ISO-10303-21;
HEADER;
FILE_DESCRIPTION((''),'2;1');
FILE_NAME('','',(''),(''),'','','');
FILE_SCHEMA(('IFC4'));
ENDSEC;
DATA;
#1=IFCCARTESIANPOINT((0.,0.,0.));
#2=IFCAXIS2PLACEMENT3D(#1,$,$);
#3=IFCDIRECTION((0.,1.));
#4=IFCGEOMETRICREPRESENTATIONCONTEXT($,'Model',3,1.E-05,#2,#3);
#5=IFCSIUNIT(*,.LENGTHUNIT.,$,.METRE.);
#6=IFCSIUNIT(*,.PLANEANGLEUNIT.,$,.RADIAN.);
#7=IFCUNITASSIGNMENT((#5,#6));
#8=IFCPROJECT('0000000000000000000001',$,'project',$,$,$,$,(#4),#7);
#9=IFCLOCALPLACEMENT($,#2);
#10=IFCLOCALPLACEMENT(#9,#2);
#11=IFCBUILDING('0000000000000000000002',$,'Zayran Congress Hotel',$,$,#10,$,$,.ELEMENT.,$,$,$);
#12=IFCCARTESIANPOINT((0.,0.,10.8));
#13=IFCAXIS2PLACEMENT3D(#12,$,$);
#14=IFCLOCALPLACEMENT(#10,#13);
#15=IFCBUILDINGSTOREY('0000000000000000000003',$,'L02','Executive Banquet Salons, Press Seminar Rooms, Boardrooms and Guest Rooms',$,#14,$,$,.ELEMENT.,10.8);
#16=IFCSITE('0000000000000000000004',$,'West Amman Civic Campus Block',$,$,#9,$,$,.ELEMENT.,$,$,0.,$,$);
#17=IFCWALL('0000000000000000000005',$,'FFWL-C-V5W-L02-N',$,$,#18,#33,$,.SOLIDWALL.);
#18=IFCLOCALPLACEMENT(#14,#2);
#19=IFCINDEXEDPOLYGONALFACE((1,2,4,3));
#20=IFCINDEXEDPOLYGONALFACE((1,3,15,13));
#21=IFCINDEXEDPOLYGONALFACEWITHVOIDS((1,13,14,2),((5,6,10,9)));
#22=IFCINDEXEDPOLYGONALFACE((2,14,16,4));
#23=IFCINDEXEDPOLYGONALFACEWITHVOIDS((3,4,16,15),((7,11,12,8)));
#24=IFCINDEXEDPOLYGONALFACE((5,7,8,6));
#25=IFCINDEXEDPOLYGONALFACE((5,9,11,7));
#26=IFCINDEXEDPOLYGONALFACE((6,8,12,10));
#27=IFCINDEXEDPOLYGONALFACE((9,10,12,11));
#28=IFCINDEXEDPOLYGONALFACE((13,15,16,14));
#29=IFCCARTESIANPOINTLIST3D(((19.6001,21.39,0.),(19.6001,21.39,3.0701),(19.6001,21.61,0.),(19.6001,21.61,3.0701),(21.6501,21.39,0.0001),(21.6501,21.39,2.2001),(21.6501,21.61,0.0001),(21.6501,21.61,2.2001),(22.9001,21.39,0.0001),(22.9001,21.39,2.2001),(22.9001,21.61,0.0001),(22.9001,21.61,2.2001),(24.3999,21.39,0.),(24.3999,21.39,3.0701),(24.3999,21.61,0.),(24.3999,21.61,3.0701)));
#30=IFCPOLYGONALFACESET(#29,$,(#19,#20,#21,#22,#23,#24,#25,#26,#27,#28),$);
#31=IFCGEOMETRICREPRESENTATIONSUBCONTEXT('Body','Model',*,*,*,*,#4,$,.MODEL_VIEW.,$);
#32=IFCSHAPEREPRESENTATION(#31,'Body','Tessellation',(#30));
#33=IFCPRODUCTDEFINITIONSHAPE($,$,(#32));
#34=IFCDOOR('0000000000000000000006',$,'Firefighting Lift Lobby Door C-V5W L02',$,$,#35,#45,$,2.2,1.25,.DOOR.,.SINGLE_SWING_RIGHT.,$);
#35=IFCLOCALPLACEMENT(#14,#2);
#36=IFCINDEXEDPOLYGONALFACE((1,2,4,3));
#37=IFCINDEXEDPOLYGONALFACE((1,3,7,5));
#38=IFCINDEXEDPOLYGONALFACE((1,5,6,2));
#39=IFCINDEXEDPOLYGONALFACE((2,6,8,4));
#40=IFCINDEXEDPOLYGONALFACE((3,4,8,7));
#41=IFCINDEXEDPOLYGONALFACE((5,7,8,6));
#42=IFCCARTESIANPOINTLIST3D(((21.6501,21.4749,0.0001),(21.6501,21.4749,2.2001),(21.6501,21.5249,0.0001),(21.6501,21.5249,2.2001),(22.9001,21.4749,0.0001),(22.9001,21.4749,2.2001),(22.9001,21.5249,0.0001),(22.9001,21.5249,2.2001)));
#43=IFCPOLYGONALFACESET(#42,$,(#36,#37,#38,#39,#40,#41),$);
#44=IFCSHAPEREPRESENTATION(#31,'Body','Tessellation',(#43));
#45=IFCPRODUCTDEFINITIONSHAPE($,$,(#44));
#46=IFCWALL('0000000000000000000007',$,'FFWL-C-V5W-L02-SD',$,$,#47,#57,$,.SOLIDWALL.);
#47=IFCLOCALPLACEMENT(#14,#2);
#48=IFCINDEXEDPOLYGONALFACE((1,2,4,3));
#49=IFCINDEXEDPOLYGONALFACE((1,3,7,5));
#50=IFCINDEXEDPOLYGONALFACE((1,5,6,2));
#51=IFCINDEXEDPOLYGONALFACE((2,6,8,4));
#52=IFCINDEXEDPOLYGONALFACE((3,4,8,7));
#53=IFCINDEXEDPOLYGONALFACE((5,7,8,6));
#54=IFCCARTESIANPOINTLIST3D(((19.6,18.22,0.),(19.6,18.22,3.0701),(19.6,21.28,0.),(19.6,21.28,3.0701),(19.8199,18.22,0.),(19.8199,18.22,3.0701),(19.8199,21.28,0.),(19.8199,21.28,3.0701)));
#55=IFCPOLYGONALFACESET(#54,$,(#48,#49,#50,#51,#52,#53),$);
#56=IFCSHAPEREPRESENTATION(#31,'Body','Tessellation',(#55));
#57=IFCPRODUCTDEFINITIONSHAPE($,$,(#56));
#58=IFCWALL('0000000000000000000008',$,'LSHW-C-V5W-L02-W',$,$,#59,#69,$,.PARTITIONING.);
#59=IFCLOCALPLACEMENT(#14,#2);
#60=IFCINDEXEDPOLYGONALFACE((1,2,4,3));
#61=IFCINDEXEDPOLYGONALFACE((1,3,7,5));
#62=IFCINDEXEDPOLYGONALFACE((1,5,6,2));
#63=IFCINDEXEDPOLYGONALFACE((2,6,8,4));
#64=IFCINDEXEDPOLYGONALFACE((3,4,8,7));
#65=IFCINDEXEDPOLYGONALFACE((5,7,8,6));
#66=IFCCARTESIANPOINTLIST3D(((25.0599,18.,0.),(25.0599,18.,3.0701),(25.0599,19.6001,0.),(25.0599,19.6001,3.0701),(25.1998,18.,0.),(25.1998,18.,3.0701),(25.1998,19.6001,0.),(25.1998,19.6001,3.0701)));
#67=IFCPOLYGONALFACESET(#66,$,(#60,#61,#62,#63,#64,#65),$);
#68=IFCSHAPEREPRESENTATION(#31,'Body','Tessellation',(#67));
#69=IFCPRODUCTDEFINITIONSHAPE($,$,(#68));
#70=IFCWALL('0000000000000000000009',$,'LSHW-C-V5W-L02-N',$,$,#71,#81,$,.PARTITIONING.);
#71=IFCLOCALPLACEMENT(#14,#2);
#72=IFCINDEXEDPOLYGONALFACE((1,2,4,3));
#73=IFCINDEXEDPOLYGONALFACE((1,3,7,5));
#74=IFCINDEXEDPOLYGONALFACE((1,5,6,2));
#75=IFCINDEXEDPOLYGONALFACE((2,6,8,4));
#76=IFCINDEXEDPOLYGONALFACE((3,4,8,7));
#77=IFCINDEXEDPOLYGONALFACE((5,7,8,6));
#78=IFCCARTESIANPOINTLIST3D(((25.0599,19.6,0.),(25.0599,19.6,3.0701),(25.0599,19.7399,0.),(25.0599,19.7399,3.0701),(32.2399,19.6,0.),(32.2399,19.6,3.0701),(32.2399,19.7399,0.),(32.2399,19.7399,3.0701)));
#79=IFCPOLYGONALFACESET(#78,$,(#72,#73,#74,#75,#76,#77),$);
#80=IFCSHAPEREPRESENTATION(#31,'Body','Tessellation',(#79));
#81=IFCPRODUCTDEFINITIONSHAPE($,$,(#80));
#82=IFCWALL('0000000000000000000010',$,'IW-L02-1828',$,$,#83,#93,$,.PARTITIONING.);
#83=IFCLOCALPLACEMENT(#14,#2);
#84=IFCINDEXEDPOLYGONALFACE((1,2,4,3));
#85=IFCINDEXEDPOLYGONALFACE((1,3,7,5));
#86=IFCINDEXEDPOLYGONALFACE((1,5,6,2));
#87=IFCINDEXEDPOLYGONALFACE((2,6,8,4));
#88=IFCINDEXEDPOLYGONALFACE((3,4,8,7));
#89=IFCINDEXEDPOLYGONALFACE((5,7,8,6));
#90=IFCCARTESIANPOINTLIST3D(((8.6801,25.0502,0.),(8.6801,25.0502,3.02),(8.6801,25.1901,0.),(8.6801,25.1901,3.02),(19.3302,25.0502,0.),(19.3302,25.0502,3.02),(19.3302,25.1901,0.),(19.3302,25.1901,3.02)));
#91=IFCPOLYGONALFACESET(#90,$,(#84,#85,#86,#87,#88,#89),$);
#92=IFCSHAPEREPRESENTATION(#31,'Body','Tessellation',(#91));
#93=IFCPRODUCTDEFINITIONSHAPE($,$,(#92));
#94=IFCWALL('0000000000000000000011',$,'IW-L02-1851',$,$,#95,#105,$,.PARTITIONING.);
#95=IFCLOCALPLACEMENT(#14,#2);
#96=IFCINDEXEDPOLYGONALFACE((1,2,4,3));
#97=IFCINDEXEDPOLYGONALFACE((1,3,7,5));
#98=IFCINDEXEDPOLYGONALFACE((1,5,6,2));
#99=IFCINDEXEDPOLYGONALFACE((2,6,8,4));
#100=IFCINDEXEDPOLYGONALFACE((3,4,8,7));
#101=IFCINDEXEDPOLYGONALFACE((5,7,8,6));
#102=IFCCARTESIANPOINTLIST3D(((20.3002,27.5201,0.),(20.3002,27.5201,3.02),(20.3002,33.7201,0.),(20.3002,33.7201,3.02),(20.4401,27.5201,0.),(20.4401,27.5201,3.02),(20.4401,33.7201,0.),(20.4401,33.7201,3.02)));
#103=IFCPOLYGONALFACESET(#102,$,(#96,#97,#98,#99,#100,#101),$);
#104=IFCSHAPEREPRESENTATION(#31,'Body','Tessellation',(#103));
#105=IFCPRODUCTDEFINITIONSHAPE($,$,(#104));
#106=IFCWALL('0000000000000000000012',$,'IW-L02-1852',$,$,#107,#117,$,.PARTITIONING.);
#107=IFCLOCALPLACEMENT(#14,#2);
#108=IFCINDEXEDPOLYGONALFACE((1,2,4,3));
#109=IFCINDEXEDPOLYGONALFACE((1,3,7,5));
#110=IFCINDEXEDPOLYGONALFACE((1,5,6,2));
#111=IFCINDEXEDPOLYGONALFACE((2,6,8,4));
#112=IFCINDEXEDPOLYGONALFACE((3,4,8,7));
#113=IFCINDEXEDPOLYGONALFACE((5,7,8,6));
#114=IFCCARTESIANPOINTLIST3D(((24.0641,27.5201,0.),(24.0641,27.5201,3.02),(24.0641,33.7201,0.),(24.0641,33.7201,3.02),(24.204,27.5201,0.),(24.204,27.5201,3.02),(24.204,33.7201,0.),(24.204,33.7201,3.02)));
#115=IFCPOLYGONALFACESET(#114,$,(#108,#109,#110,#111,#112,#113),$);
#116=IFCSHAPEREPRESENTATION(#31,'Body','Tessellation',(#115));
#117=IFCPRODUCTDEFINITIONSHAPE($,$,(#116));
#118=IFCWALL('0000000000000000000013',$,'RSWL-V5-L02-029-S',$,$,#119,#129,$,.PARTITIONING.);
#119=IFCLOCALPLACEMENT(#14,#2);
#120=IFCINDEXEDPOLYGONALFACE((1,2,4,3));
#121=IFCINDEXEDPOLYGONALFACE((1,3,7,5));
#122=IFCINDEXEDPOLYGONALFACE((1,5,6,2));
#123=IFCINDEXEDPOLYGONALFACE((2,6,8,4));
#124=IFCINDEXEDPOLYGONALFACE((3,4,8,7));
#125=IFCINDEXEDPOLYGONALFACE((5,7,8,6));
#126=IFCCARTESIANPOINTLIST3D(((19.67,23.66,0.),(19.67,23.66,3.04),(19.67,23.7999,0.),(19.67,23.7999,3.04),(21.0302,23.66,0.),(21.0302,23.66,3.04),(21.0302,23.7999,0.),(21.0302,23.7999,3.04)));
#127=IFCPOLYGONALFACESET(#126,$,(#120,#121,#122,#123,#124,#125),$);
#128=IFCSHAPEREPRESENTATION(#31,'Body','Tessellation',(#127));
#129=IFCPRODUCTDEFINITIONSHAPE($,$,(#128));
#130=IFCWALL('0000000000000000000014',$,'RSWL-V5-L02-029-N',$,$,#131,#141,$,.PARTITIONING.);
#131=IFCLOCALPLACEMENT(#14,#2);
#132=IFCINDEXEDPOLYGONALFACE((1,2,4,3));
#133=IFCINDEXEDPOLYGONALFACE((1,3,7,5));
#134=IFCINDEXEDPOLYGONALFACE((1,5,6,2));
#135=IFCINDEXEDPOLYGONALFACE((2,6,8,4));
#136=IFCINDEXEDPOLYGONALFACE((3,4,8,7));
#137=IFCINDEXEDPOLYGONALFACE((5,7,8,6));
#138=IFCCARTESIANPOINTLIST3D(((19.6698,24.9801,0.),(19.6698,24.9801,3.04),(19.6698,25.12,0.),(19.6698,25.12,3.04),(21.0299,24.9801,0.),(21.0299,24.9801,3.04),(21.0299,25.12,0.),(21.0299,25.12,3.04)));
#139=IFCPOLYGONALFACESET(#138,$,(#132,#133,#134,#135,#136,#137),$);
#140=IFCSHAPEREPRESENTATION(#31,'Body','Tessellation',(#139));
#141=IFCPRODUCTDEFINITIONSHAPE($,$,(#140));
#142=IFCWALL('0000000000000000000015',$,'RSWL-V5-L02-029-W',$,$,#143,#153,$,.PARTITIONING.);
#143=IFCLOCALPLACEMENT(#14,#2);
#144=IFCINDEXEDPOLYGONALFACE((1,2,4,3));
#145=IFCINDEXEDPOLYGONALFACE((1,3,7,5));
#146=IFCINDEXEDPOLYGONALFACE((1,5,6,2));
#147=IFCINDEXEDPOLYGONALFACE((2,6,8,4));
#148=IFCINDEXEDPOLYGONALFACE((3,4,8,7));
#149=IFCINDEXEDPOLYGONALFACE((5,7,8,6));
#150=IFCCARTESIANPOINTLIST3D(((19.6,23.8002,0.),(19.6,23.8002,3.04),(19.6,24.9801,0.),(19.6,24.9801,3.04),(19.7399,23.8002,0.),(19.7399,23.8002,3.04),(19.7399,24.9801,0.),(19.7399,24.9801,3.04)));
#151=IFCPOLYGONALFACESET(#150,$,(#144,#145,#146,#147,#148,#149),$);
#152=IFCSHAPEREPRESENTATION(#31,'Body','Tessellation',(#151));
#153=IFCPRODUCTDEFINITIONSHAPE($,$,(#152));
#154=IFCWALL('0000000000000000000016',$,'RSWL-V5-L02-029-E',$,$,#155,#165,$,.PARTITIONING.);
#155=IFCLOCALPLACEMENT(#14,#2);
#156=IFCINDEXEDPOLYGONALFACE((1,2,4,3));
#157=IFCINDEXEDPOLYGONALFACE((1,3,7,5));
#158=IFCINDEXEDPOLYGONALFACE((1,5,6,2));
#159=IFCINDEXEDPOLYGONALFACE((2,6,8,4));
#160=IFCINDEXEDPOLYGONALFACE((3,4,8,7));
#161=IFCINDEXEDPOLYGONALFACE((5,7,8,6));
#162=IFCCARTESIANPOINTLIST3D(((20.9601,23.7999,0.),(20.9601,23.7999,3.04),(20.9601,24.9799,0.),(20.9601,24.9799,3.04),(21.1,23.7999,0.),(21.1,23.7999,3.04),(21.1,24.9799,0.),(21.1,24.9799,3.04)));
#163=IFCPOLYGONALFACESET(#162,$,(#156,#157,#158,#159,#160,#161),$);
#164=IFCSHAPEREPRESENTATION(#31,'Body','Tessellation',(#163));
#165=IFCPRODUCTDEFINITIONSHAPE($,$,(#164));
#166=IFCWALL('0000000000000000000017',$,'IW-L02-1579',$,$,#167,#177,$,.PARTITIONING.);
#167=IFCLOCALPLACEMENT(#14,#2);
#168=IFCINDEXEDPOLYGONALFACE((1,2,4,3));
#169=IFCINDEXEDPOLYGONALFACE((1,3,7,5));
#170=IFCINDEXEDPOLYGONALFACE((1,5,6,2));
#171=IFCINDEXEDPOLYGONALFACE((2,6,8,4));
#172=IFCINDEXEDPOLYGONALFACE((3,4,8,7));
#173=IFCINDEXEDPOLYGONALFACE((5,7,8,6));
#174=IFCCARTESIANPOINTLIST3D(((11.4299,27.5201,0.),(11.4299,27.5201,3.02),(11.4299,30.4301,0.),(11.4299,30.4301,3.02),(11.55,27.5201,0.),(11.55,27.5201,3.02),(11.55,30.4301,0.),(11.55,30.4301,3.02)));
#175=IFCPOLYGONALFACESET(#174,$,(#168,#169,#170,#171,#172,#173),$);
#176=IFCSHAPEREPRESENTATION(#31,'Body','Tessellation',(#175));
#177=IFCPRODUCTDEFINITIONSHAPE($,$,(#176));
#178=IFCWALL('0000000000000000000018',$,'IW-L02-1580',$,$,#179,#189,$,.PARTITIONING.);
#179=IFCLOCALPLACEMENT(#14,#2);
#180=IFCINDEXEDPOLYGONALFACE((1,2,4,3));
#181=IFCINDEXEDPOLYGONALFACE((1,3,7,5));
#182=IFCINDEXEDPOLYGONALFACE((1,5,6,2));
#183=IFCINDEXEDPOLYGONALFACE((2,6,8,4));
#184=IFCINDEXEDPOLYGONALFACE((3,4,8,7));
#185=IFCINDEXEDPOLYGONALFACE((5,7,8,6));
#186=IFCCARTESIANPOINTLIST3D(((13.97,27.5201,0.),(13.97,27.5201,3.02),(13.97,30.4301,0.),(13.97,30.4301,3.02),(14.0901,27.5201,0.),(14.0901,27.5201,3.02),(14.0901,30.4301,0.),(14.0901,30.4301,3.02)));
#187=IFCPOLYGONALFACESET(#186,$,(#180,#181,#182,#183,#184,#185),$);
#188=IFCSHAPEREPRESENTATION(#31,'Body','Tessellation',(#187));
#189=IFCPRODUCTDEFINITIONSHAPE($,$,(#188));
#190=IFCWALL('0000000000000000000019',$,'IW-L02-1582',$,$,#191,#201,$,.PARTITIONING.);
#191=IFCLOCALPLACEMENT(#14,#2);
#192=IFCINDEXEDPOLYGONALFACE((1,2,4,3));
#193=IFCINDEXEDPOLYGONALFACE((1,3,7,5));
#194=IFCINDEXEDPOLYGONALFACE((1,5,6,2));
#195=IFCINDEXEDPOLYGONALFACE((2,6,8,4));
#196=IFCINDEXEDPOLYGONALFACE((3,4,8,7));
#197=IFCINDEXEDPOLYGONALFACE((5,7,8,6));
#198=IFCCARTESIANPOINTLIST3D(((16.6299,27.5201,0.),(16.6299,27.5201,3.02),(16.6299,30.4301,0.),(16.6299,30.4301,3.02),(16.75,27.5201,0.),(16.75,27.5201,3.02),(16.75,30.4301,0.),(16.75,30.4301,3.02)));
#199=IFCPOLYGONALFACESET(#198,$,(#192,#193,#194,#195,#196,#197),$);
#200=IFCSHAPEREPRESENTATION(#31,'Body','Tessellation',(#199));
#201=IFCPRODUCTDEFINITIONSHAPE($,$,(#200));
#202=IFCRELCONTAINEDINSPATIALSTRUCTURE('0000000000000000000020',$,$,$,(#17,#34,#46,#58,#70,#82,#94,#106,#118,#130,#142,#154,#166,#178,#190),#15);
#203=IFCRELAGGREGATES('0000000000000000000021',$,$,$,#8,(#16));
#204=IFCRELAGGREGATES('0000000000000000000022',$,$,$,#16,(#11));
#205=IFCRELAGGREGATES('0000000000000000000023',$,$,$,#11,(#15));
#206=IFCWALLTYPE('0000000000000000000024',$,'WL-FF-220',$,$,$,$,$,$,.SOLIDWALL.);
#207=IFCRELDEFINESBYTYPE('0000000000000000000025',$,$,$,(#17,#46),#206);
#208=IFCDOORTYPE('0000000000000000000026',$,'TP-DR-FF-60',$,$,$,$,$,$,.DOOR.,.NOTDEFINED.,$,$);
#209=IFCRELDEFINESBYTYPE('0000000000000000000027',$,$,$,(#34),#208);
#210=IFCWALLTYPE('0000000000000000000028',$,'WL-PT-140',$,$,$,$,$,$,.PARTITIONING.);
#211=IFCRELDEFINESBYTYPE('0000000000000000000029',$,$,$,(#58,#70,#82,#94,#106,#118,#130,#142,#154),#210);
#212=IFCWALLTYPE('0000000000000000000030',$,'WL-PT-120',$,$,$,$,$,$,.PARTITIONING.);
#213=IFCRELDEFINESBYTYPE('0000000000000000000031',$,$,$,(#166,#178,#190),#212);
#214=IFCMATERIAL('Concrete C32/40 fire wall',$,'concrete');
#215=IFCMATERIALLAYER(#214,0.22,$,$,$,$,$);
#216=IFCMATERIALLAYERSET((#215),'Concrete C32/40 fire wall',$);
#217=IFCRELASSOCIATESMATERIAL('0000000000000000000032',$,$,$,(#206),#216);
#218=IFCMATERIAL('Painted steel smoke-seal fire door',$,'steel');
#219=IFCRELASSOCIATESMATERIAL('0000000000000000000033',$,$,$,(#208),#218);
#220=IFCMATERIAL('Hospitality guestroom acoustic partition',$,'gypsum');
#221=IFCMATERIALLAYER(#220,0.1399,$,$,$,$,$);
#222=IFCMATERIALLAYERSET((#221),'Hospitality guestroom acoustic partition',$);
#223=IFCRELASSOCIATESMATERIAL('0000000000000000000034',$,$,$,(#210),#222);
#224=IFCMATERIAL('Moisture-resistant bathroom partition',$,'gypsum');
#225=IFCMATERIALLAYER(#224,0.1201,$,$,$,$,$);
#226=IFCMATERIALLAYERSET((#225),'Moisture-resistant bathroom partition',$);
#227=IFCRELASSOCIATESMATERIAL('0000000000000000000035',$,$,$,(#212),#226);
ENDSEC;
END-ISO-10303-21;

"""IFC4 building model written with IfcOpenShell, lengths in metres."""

from ifc_helpers import new_model, si_unit, direction, frame, frame_2d, origin, place, context, subcontext, project, spatial, rectangle, extrude, material, layer, layer_set, type_object, element, fill, save


model = new_model("IFC4")

# Units and contexts
model_context = context("Model", 3, precision=1e-05, world=origin(), true_north=direction((0.0, 1.0)))
body_context = subcontext(model_context, "Body", "Model", "MODEL_VIEW")
ifc_project = project(units=[si_unit("LENGTHUNIT", "METRE"), si_unit("PLANEANGLEUNIT", "RADIAN")], contexts=[model_context])

# Site, building, storey
site_placement = place(None, origin())
site = spatial("IfcSite", under=ifc_project, at=site_placement, Name="West Amman Civic Campus Block", CompositionType="ELEMENT", RefElevation=0.0)
building_placement = place(site_placement, origin())
building = spatial("IfcBuilding", under=site, at=building_placement, Name="Zayran Congress Hotel", CompositionType="ELEMENT")
storey_placement = place(building_placement, frame((0.0, 0.0, 10.8)))
storey = spatial("IfcBuildingStorey", under=building, at=storey_placement, Name="L02", Description="Executive Banquet Salons, Press Seminar Rooms, Boardrooms and Guest Rooms", CompositionType="ELEMENT", Elevation=10.8)

# Wall, opening, door
ifc_material_1 = material(Name="Concrete C32/40 fire wall", Category="concrete")
ifc_layer_1 = layer(ifc_material_1, 0.22)
ifc_layer_set_1 = layer_set([ifc_layer_1], Name="Concrete C32/40 fire wall")
wall_type_1 = type_object("IfcWallType", Name="WL-FF-220", PredefinedType="SOLIDWALL", material=ifc_layer_set_1)
wall_1_placement = place(storey_placement, frame((19.6001, 21.5, 0.0), z_axis=(0.0, 0.0, 1.0), x_axis=(1.0, 0.0, 0.0)))
wall_1 = element("IfcWall", 1, at=wall_1_placement, inside=storey, type_object=wall_type_1, Name="FFWL-C-V5W-L02-N", PredefinedType="SOLIDWALL", context=body_context, shape_type="SweptSolid", body=[
    extrude(rectangle(XDim=4.7998, YDim=0.22, at=frame_2d((2.3999, 0.0))), origin(), (0.0, 0.0, 1.0), 3.0701),
])
opening_1_placement = place(wall_1_placement, frame((2.05, 0.0, 0.0)))
opening_1 = element("IfcOpeningElement", 2, at=opening_1_placement, cuts=wall_1, PredefinedType="OPENING", context=body_context, shape_type="SweptSolid", body=[
    extrude(rectangle(XDim=1.25, YDim=2.2, at=frame_2d((0.625, 1.1001))), frame((0.0, 0.1199, 0.0), z_axis=(0.0, -1.0, 0.0), x_axis=(1.0, 0.0, 0.0)), (0.0, 0.0, 1.0), 0.24),
])
ifc_material_2 = material(Name="Painted steel smoke-seal fire door", Category="steel")
door_type_1 = type_object("IfcDoorType", Name="TP-DR-FF-60", OperationType="NOTDEFINED", PredefinedType="DOOR", material=ifc_material_2)
door_1_placement = place(opening_1_placement, origin())
door_1 = element("IfcDoor", 3, at=door_1_placement, inside=storey, type_object=door_type_1, Name="Firefighting Lift Lobby Door C-V5W L02", OperationType="SINGLE_SWING_RIGHT", OverallHeight=2.2, OverallWidth=1.25, PredefinedType="DOOR", context=body_context, shape_type="SweptSolid", body=[
    extrude(rectangle(XDim=1.25, YDim=2.2, at=frame_2d((0.625, 1.1001))), frame((0.0, 0.0249, 0.0), z_axis=(0.0, -1.0, 0.0), x_axis=(1.0, 0.0, 0.0)), (0.0, 0.0, 1.0), 0.05),
])
fill(opening_1, door_1)

# Walls
wall_2_placement = place(storey_placement, frame((19.71, 18.22, 0.0), z_axis=(0.0, 0.0, 1.0), x_axis=(0.0, 1.0, 0.0)))
element("IfcWall", 4, at=wall_2_placement, inside=storey, type_object=wall_type_1, Name="FFWL-C-V5W-L02-SD", PredefinedType="SOLIDWALL", context=body_context, shape_type="SweptSolid", body=[
    extrude(rectangle(XDim=3.0601, YDim=0.22, at=frame_2d((1.53, 0.0))), origin(), (0.0, 0.0, 1.0), 3.0701),
])
ifc_material_3 = material(Name="Hospitality guestroom acoustic partition", Category="gypsum")
ifc_layer_2 = layer(ifc_material_3, 0.1399)
ifc_layer_set_2 = layer_set([ifc_layer_2], Name="Hospitality guestroom acoustic partition")
wall_type_2 = type_object("IfcWallType", Name="WL-PT-140", PredefinedType="PARTITIONING", material=ifc_layer_set_2)
wall_3_placement = place(storey_placement, frame((25.1299, 18.0, 0.0), z_axis=(0.0, 0.0, 1.0), x_axis=(0.0, 1.0, 0.0)))
element("IfcWall", 5, at=wall_3_placement, inside=storey, type_object=wall_type_2, Name="LSHW-C-V5W-L02-W", PredefinedType="PARTITIONING", context=body_context, shape_type="SweptSolid", body=[
    extrude(rectangle(XDim=1.6001, YDim=0.1399, at=frame_2d((0.8, 0.0))), origin(), (0.0, 0.0, 1.0), 3.0701),
])
wall_4_placement = place(storey_placement, frame((25.0601, 19.6699, 0.0), z_axis=(0.0, 0.0, 1.0), x_axis=(1.0, 0.0, 0.0)))
element("IfcWall", 6, at=wall_4_placement, inside=storey, type_object=wall_type_2, Name="LSHW-C-V5W-L02-N", PredefinedType="PARTITIONING", context=body_context, shape_type="SweptSolid", body=[
    extrude(rectangle(XDim=7.1799, YDim=0.1399, at=frame_2d((3.5898, 0.0))), origin(), (0.0, 0.0, 1.0), 3.0701),
])
wall_5_placement = place(storey_placement, frame((8.6799, 25.1201, 0.0), z_axis=(0.0, 0.0, 1.0), x_axis=(1.0, 0.0, 0.0)))
element("IfcWall", 7, at=wall_5_placement, inside=storey, type_object=wall_type_2, Name="IW-L02-1828", PredefinedType="PARTITIONING", context=body_context, shape_type="SweptSolid", body=[
    extrude(rectangle(XDim=10.6501, YDim=0.1399, at=frame_2d((5.3252, 0.0))), origin(), (0.0, 0.0, 1.0), 3.02),
])
for number, where, z_axis, x_axis, name in (
    (8, (20.3701, 27.52, 0.0), (0.0, 0.0, 1.0), (0.0, 1.0, 0.0), "IW-L02-1851"),
    (9, (24.134, 27.52, 0.0), (0.0, 0.0, 1.0), (0.0, 1.0, 0.0), "IW-L02-1852"),
):
    element("IfcWall", number, at=place(storey_placement, frame(where, z_axis=z_axis, x_axis=x_axis)), inside=storey, type_object=wall_type_2, Name=name, PredefinedType="PARTITIONING", context=body_context, shape_type="SweptSolid", body=[
        extrude(rectangle(XDim=6.2, YDim=0.1399, at=frame_2d((3.1001, 0.0))), origin(), (0.0, 0.0, 1.0), 3.02),
    ])
for number, where, z_axis, x_axis, name in (
    (10, (19.6699, 23.73, 0.0), (0.0, 0.0, 1.0), (1.0, 0.0, 0.0), "RSWL-V5-L02-029-S"),
    (11, (21.03, 25.05, 0.0), (0.0, 0.0, 1.0), (-1.0, 0.0, 0.0), "RSWL-V5-L02-029-N"),
):
    element("IfcWall", number, at=place(storey_placement, frame(where, z_axis=z_axis, x_axis=x_axis)), inside=storey, type_object=wall_type_2, Name=name, PredefinedType="PARTITIONING", context=body_context, shape_type="SweptSolid", body=[
        extrude(rectangle(XDim=1.3601, YDim=0.1399, at=frame_2d((0.6802, 0.0))), origin(), (0.0, 0.0, 1.0), 3.04),
    ])
for number, where, z_axis, x_axis, name in (
    (12, (19.6699, 24.98, 0.0), (0.0, 0.0, 1.0), (0.0, -1.0, 0.0), "RSWL-V5-L02-029-W"),
    (13, (21.03, 23.8, 0.0), (0.0, 0.0, 1.0), (0.0, 1.0, 0.0), "RSWL-V5-L02-029-E"),
):
    element("IfcWall", number, at=place(storey_placement, frame(where, z_axis=z_axis, x_axis=x_axis)), inside=storey, type_object=wall_type_2, Name=name, PredefinedType="PARTITIONING", context=body_context, shape_type="SweptSolid", body=[
        extrude(rectangle(XDim=1.1799, YDim=0.1399, at=frame_2d((0.5898, 0.0))), origin(), (0.0, 0.0, 1.0), 3.04),
    ])

# Shared definitions
ifc_material_4 = material(Name="Moisture-resistant bathroom partition", Category="gypsum")
ifc_layer_3 = layer(ifc_material_4, 0.1201)
ifc_layer_set_3 = layer_set([ifc_layer_3], Name="Moisture-resistant bathroom partition")
wall_type_3 = type_object("IfcWallType", Name="WL-PT-120", PredefinedType="PARTITIONING", material=ifc_layer_set_3)

# Walls
for number, where, z_axis, x_axis, name in (
    (14, (11.49, 27.52, 0.0), (0.0, 0.0, 1.0), (0.0, 1.0, 0.0), "IW-L02-1579"),
    (15, (14.03, 27.52, 0.0), (0.0, 0.0, 1.0), (0.0, 1.0, 0.0), "IW-L02-1580"),
    (16, (16.6899, 27.52, 0.0), (0.0, 0.0, 1.0), (0.0, 1.0, 0.0), "IW-L02-1582"),
):
    element("IfcWall", number, at=place(storey_placement, frame(where, z_axis=z_axis, x_axis=x_axis)), inside=storey, type_object=wall_type_3, Name=name, PredefinedType="PARTITIONING", context=body_context, shape_type="SweptSolid", body=[
        extrude(rectangle(XDim=2.9099, YDim=0.1201, at=frame_2d((1.4551, 0.0))), origin(), (0.0, 0.0, 1.0), 3.02),
    ])

save(model, "model.ifc")
